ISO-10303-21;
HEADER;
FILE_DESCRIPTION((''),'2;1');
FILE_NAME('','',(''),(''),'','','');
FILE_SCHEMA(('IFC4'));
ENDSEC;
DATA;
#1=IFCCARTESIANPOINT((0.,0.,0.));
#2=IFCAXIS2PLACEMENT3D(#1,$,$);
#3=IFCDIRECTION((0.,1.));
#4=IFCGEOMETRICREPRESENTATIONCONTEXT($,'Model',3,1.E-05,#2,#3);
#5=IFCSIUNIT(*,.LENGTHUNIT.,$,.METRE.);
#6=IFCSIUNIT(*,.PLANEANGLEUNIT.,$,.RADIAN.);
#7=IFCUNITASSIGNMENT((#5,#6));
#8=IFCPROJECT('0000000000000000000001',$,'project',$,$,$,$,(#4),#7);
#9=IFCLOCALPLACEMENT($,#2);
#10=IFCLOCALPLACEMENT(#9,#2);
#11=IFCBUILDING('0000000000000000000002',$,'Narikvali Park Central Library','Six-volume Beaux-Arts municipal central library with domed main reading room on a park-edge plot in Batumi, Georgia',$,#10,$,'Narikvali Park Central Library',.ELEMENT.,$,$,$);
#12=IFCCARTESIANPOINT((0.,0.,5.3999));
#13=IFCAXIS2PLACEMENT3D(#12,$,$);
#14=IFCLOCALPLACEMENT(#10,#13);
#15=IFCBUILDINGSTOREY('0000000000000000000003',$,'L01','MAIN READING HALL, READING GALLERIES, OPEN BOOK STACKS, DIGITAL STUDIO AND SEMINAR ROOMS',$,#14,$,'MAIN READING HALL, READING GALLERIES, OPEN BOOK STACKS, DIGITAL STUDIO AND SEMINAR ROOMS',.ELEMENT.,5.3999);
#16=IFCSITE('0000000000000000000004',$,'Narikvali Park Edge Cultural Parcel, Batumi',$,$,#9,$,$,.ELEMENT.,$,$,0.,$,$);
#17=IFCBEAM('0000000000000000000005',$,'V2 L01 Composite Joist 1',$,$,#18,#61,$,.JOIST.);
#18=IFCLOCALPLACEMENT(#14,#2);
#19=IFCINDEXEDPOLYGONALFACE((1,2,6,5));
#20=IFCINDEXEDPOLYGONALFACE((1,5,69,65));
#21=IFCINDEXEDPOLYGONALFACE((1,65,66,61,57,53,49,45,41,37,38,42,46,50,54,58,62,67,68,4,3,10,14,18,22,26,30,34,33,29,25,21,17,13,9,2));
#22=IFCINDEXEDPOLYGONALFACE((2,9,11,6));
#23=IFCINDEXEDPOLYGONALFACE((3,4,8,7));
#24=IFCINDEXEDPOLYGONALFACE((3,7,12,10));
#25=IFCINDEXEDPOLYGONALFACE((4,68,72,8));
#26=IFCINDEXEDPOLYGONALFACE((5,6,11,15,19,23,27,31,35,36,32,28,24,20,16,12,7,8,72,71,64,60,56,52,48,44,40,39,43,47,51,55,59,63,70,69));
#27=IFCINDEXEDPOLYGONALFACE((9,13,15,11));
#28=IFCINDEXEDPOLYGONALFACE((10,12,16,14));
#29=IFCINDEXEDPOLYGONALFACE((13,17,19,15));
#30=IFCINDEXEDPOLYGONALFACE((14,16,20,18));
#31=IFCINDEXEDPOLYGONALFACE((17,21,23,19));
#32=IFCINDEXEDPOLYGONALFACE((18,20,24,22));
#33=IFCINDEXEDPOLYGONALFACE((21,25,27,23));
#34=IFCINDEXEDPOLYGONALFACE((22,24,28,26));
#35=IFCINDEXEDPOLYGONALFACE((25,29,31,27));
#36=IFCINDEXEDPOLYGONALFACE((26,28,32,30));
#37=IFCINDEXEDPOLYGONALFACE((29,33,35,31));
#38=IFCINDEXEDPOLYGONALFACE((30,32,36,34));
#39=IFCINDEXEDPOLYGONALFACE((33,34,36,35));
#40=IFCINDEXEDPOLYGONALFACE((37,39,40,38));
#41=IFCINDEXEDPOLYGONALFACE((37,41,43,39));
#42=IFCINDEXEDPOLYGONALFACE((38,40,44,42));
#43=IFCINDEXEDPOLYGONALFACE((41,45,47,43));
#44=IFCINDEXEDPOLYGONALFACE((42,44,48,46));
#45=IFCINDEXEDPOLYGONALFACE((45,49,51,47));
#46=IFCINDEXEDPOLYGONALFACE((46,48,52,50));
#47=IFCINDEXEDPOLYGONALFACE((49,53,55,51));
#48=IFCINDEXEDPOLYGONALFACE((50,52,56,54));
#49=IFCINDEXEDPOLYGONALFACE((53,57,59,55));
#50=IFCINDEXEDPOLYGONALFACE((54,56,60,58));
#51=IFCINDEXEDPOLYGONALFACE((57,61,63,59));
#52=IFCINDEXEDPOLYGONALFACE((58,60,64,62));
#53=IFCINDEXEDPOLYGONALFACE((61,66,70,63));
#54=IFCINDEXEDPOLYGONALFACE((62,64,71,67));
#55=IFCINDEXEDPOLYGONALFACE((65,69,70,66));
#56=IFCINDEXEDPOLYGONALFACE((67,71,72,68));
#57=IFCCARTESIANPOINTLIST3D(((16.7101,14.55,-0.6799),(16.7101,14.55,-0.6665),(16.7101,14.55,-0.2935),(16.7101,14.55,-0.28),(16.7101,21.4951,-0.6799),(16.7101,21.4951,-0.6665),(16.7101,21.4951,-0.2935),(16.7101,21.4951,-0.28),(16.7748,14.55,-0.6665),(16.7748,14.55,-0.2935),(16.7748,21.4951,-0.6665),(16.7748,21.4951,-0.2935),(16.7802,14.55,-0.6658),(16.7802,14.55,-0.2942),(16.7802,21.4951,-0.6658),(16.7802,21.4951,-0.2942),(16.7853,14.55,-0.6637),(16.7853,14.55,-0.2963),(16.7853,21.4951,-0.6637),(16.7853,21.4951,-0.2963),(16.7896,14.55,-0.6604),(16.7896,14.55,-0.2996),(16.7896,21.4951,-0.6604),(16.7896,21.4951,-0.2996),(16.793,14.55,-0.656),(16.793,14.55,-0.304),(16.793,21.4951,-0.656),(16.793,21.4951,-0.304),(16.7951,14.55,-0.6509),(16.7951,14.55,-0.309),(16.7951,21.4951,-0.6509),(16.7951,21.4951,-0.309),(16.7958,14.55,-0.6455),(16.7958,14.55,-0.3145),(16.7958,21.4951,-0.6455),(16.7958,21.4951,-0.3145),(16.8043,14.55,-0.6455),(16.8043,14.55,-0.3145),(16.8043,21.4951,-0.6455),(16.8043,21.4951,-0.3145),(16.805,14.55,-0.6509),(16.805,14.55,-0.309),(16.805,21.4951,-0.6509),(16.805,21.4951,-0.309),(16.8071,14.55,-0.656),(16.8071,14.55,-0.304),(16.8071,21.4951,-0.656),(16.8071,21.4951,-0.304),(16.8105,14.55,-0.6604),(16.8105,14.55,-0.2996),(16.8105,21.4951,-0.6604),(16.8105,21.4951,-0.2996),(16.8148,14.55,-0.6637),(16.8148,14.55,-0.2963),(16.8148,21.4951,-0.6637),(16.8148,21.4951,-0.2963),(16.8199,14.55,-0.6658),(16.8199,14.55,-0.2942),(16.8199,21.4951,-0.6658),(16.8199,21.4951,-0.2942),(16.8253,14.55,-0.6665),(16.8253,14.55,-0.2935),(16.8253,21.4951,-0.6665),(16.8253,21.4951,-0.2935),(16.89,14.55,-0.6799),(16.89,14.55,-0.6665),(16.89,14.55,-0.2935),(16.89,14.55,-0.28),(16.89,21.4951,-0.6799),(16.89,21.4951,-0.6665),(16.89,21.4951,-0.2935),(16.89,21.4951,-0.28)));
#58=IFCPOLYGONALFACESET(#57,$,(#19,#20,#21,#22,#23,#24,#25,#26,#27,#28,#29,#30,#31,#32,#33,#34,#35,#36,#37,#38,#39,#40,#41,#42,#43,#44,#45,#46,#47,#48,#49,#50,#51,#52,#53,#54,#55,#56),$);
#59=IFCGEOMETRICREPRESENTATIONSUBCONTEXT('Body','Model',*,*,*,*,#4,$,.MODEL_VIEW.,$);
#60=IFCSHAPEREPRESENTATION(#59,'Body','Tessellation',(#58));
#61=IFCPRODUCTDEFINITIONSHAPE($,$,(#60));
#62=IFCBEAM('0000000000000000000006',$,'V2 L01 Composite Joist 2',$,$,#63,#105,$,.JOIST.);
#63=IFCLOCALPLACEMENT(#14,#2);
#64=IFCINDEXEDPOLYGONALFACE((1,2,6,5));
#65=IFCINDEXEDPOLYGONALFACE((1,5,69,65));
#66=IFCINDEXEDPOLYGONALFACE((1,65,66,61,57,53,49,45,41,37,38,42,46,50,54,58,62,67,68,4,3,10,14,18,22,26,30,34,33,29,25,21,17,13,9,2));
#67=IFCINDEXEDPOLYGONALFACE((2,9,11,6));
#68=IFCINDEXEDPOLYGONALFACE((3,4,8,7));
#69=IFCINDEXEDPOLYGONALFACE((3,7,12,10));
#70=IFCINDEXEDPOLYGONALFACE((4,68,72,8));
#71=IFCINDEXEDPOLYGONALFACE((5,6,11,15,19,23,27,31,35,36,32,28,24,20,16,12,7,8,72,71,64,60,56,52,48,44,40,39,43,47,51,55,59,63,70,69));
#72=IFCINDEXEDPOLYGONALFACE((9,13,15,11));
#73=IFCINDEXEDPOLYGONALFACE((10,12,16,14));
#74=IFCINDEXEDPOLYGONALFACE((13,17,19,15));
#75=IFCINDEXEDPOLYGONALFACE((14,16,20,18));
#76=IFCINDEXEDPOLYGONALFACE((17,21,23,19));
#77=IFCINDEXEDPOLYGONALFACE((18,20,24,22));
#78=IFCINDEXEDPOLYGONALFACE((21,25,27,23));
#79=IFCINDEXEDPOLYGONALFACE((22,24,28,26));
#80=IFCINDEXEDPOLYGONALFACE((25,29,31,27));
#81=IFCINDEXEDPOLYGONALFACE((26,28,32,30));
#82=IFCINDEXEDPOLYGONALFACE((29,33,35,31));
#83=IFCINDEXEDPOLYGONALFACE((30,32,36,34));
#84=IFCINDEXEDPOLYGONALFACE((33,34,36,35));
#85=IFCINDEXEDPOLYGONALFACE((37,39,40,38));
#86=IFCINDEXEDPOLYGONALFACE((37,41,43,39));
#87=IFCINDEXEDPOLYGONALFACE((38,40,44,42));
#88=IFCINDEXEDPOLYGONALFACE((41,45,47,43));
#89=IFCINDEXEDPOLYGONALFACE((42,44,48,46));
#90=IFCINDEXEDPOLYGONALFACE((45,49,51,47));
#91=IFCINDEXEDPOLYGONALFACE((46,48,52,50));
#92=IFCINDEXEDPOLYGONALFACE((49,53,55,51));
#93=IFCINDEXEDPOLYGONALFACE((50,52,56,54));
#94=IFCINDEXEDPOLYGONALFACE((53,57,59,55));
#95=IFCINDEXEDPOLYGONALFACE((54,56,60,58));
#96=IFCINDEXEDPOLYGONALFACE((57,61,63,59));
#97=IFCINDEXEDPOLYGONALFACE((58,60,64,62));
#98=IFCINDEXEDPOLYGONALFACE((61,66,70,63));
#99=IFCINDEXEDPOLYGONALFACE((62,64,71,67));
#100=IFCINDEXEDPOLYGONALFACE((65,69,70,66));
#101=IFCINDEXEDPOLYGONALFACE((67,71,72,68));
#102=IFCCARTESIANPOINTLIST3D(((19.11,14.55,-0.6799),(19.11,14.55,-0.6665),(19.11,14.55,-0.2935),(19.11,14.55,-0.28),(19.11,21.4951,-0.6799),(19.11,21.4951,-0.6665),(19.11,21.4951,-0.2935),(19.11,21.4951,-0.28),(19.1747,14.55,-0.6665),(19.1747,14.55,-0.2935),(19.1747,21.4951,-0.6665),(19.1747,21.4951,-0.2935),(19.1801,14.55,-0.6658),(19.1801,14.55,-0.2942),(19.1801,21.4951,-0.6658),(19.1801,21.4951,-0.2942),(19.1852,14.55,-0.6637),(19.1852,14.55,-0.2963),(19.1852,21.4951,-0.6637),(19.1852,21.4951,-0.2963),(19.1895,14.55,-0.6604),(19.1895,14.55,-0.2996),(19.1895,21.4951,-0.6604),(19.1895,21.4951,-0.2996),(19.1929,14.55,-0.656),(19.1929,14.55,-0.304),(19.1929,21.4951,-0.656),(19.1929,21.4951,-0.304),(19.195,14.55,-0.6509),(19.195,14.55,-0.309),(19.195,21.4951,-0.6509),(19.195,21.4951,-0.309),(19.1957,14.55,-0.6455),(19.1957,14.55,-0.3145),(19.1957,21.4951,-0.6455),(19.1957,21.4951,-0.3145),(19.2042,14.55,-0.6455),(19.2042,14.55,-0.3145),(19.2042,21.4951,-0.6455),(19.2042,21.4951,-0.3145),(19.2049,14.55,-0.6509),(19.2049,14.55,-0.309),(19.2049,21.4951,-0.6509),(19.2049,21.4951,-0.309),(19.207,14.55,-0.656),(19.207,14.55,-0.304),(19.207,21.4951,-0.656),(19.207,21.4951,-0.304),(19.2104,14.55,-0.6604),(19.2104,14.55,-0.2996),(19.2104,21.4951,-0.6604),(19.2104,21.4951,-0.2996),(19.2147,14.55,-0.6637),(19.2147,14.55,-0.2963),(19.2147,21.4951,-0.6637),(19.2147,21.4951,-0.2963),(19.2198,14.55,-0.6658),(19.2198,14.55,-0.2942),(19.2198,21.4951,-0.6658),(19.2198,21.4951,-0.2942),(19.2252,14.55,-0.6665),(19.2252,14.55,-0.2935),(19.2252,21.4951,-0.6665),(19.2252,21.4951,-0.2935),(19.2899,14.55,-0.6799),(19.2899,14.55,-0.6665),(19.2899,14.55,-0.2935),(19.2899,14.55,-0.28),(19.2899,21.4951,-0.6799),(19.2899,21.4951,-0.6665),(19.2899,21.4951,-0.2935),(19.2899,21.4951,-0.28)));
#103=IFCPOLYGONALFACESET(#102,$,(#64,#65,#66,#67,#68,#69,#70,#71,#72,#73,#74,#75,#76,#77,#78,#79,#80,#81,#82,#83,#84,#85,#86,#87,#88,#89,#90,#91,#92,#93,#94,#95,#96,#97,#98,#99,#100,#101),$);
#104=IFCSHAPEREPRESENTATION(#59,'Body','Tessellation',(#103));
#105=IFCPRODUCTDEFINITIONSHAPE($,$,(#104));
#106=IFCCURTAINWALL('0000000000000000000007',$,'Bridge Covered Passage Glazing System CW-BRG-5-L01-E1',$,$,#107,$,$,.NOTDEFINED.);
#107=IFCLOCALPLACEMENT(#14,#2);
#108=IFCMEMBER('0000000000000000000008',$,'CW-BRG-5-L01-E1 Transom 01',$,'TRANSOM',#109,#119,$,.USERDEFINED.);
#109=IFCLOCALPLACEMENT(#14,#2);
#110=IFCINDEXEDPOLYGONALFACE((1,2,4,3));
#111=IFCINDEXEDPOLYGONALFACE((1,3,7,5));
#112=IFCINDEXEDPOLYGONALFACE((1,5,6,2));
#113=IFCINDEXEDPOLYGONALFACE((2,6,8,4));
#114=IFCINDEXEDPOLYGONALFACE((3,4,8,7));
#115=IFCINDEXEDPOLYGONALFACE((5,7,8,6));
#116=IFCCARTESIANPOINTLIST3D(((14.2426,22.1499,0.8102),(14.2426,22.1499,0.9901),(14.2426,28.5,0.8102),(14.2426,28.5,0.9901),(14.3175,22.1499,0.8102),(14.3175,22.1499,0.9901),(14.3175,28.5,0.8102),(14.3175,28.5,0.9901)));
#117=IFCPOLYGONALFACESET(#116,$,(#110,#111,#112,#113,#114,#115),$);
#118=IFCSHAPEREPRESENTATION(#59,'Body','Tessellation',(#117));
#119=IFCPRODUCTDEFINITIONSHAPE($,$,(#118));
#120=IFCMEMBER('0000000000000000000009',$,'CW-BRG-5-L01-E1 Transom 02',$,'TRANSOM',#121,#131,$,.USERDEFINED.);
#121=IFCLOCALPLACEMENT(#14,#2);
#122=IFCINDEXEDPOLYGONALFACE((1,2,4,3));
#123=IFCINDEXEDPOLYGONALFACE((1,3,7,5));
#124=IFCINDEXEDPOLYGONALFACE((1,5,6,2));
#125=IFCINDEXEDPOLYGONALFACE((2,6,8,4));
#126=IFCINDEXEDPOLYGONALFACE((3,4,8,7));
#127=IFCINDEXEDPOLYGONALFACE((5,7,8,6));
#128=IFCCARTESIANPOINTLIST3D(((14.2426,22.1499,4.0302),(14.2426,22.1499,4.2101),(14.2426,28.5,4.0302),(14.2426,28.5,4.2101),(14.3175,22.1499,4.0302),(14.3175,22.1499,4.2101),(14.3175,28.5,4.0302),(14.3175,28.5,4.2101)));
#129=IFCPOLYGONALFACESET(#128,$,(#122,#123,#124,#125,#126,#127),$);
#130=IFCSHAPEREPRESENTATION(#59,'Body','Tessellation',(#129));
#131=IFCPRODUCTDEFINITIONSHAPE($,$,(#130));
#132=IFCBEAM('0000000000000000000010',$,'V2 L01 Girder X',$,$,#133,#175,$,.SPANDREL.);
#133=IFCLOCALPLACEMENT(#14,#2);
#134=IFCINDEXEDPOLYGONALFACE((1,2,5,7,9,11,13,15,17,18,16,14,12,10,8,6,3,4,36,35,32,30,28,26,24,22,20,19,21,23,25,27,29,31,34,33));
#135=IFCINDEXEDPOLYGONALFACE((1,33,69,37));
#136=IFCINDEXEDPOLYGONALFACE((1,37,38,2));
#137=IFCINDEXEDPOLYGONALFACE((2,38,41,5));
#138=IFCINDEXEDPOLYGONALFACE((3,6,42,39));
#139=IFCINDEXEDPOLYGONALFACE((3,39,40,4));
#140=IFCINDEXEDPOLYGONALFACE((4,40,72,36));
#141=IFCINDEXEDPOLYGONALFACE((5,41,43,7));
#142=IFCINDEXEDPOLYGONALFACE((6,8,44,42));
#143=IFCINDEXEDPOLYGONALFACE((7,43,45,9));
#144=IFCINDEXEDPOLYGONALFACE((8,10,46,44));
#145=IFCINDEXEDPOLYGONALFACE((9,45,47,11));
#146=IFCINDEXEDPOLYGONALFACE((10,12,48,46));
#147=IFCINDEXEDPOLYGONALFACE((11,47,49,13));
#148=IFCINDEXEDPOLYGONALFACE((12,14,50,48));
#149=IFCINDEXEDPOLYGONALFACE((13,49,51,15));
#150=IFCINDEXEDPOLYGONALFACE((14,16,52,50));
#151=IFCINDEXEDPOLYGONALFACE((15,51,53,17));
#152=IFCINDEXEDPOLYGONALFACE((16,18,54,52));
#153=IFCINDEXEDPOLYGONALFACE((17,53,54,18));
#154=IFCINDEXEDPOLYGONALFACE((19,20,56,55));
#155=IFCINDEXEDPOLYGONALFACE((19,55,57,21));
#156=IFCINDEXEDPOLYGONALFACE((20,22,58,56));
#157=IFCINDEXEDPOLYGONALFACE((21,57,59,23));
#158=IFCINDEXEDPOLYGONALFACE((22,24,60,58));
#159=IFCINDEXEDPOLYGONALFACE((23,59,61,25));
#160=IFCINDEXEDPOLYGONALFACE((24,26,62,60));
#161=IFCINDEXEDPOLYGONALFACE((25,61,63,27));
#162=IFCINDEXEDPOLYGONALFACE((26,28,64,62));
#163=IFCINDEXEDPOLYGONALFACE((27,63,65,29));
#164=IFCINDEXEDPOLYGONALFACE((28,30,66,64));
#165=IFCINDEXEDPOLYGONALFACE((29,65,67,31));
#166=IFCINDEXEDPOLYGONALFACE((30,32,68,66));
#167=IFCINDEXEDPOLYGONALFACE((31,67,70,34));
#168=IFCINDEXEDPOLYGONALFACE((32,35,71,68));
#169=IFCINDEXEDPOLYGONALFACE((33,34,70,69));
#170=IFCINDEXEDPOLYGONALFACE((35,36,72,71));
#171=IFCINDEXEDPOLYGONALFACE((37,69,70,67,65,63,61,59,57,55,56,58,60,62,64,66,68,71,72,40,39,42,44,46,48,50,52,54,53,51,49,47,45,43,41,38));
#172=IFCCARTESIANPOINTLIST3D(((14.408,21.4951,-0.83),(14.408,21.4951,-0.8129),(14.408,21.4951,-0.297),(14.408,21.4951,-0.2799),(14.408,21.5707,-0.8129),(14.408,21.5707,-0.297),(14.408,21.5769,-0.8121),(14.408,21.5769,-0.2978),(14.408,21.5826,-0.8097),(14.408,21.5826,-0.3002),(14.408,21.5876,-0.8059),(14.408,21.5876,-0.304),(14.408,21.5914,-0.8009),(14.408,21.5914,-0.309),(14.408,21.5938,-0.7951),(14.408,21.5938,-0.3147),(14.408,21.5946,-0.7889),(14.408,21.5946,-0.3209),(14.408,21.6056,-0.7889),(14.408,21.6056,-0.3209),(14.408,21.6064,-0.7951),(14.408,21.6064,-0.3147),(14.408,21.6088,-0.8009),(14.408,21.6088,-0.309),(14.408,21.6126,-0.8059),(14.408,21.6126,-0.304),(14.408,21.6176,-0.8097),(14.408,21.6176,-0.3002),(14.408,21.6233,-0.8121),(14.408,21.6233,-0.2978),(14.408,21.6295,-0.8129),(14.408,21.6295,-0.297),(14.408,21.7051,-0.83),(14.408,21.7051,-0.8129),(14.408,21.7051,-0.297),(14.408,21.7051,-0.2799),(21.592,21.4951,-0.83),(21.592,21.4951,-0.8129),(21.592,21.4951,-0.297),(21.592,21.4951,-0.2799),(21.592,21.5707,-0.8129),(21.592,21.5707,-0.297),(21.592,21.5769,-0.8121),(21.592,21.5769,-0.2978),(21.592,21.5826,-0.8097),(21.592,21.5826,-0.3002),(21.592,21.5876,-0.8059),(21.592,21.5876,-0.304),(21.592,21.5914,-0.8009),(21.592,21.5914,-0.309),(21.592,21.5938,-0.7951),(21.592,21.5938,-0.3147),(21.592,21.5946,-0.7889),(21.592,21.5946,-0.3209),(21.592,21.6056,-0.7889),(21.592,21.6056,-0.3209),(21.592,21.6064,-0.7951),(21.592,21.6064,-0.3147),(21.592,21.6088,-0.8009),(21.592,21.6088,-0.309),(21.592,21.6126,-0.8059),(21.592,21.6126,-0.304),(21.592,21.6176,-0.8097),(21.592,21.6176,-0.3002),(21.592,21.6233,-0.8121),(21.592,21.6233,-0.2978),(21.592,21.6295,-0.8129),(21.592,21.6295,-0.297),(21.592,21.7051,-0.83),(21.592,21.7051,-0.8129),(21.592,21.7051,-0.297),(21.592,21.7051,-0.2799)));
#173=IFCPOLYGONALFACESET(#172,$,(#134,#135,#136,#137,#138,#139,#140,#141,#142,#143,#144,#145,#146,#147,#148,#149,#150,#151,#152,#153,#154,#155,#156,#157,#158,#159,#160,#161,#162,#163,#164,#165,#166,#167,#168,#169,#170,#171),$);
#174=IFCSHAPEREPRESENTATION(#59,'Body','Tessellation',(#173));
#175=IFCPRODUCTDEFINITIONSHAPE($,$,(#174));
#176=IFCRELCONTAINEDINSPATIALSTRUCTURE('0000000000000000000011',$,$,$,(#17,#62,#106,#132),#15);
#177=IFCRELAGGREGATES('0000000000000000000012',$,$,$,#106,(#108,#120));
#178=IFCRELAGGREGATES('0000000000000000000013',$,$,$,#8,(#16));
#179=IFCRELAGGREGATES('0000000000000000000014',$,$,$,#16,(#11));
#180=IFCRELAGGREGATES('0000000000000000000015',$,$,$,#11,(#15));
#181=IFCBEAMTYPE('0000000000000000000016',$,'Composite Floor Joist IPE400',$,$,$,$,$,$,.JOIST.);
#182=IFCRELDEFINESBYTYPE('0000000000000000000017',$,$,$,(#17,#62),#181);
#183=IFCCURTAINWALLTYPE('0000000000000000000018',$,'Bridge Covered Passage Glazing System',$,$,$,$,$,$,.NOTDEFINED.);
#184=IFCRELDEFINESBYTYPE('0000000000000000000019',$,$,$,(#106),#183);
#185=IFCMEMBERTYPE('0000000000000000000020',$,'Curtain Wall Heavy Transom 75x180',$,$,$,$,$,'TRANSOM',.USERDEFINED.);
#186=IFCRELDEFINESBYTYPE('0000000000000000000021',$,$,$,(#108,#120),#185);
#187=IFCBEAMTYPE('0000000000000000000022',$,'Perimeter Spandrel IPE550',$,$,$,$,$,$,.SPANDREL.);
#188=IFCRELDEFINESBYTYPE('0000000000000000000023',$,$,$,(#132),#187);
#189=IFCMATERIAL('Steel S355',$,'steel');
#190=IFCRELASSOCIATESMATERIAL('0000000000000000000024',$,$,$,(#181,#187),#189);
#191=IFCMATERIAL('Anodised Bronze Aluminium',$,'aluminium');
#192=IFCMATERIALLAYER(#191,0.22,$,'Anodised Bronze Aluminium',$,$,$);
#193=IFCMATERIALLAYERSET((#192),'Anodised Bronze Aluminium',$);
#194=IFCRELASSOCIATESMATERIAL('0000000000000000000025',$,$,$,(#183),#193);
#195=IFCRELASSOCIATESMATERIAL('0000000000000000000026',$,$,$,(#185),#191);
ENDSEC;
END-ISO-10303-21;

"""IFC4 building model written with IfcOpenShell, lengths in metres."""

from ifc_helpers import new_model, si_unit, direction, frame, origin, origin_2d, place, context, subcontext, project, spatial, rectangle, i_section, extrude, material, layer, layer_set, material_profile, profile_set, type_object, element, aggregate, save


model = new_model("IFC4")

# Units and contexts
model_context = context("Model", 3, precision=1e-05, world=origin(), true_north=direction((0.0, 1.0)))
body_context = subcontext(model_context, "Body", "Model", "MODEL_VIEW")
ifc_project = project(units=[si_unit("LENGTHUNIT", "METRE"), si_unit("PLANEANGLEUNIT", "RADIAN")], contexts=[model_context])

# Site, building, storey
site_placement = place(None, origin())
site = spatial("IfcSite", under=ifc_project, at=site_placement, Name="Narikvali Park Edge Cultural Parcel, Batumi", CompositionType="ELEMENT", RefElevation=0.0)
building_placement = place(site_placement, origin())
building = spatial("IfcBuilding", under=site, at=building_placement, Name="Narikvali Park Central Library", Description="Six-volume Beaux-Arts municipal central library with domed main reading room on a park-edge plot in Batumi, Georgia", LongName="Narikvali Park Central Library", CompositionType="ELEMENT")
storey_placement = place(building_placement, frame((0.0, 0.0, 5.3999)))
storey = spatial("IfcBuildingStorey", under=building, at=storey_placement, Name="L01", Description="MAIN READING HALL, READING GALLERIES, OPEN BOOK STACKS, DIGITAL STUDIO AND SEMINAR ROOMS", LongName="MAIN READING HALL, READING GALLERIES, OPEN BOOK STACKS, DIGITAL STUDIO AND SEMINAR ROOMS", CompositionType="ELEMENT", Elevation=5.3999)

# Shared definitions
ifc_material_1 = material(Name="Steel S355", Category="steel")

# Beams
ifc_material_profile_1 = material_profile(ifc_material_1, i_section(OverallWidth=0.1799, OverallDepth=0.3999, WebThickness=0.0085, FlangeThickness=0.0134, FilletRadius=0.021, at=origin_2d()), Name="IPE 400")
ifc_profile_set_1 = profile_set([ifc_material_profile_1], Name="Steel S355")
beam_type_1 = type_object("IfcBeamType", Name="Composite Floor Joist IPE400", PredefinedType="JOIST", material=ifc_profile_set_1)
for number, where, z_axis, x_axis, name in (
    (1, (16.8, 14.55, -0.48), (0.0, 1.0, 0.0), (-1.0, 0.0, 0.0), "V2 L01 Composite Joist 1"),
    (2, (19.2, 14.55, -0.48), (0.0, 1.0, 0.0), (-1.0, 0.0, 0.0), "V2 L01 Composite Joist 2"),
):
    element("IfcBeam", number, at=place(storey_placement, frame(where, z_axis=z_axis, x_axis=x_axis)), inside=storey, type_object=beam_type_1, Name=name, PredefinedType="JOIST", context=body_context, shape_type="SweptSolid", body=[
        extrude(i_section(OverallWidth=0.1799, OverallDepth=0.3999, WebThickness=0.0085, FlangeThickness=0.0134, FilletRadius=0.021, at=origin_2d()), origin(), (0.0, 0.0, 1.0), 6.9451),
    ])

# Curtain wall, members
ifc_material_2 = material(Name="Anodised Bronze Aluminium", Category="aluminium")
ifc_layer_1 = layer(ifc_material_2, 0.22, Name="Anodised Bronze Aluminium")
ifc_layer_set_1 = layer_set([ifc_layer_1], Name="Anodised Bronze Aluminium")
curtain_wall_type = type_object("IfcCurtainWallType", Name="Bridge Covered Passage Glazing System", PredefinedType="NOTDEFINED", material=ifc_layer_set_1)
curtain_wall_placement = place(storey_placement, origin())
curtain_wall = element("IfcCurtainWall", 3, at=curtain_wall_placement, inside=storey, type_object=curtain_wall_type, Name="Bridge Covered Passage Glazing System CW-BRG-5-L01-E1", PredefinedType="NOTDEFINED")
ifc_material_profile_2 = material_profile(ifc_material_2, rectangle(XDim=0.075, YDim=0.1799, at=origin_2d()), Name="CW TRANSOM 75x180")
ifc_profile_set_2 = profile_set([ifc_material_profile_2], Name="Anodised Bronze Aluminium")
member_type = type_object("IfcMemberType", Name="Curtain Wall Heavy Transom 75x180", ElementType="TRANSOM", PredefinedType="USERDEFINED", material=ifc_profile_set_2)
member_1_placement = place(storey_placement, frame((14.28, 22.1499, 0.9001), z_axis=(0.0, 1.0, 0.0), x_axis=(-1.0, 0.0, 0.0)))
member_1 = element("IfcMember", 4, at=member_1_placement, type_object=member_type, Name="CW-BRG-5-L01-E1 Transom 01", ObjectType="TRANSOM", PredefinedType="USERDEFINED", context=body_context, shape_type="SweptSolid", body=[
    extrude(rectangle(XDim=0.075, YDim=0.1799, at=origin_2d()), origin(), (0.0, 0.0, 1.0), 6.3501),
])
member_2_placement = place(storey_placement, frame((14.28, 22.1499, 4.1201), z_axis=(0.0, 1.0, 0.0), x_axis=(-1.0, 0.0, 0.0)))
member_2 = element("IfcMember", 5, at=member_2_placement, type_object=member_type, Name="CW-BRG-5-L01-E1 Transom 02", ObjectType="TRANSOM", PredefinedType="USERDEFINED", context=body_context, shape_type="SweptSolid", body=[
    extrude(rectangle(XDim=0.075, YDim=0.1799, at=origin_2d()), origin(), (0.0, 0.0, 1.0), 6.3501),
])
aggregate(curtain_wall, [member_1, member_2])

# Beam
ifc_material_profile_3 = material_profile(ifc_material_1, i_section(OverallWidth=0.21, OverallDepth=0.55, WebThickness=0.011, FlangeThickness=0.0171, FilletRadius=0.0239, at=origin_2d()), Name="IPE 550")
ifc_profile_set_3 = profile_set([ifc_material_profile_3], Name="Steel S355")
beam_type_2 = type_object("IfcBeamType", Name="Perimeter Spandrel IPE550", PredefinedType="SPANDREL", material=ifc_profile_set_3)
for number, where, z_axis, x_axis, name in (
    (6, (14.408, 21.6001, -0.5549), (1.0, 0.0, 0.0), (0.0, 1.0, 0.0), "V2 L01 Girder X"),
):
    element("IfcBeam", number, at=place(storey_placement, frame(where, z_axis=z_axis, x_axis=x_axis)), inside=storey, type_object=beam_type_2, Name=name, PredefinedType="SPANDREL", context=body_context, shape_type="SweptSolid", body=[
        extrude(i_section(OverallWidth=0.21, OverallDepth=0.55, WebThickness=0.011, FlangeThickness=0.0171, FilletRadius=0.0239, at=origin_2d()), origin(), (0.0, 0.0, 1.0), 7.1841),
    ])

save(model, "model.ifc")
